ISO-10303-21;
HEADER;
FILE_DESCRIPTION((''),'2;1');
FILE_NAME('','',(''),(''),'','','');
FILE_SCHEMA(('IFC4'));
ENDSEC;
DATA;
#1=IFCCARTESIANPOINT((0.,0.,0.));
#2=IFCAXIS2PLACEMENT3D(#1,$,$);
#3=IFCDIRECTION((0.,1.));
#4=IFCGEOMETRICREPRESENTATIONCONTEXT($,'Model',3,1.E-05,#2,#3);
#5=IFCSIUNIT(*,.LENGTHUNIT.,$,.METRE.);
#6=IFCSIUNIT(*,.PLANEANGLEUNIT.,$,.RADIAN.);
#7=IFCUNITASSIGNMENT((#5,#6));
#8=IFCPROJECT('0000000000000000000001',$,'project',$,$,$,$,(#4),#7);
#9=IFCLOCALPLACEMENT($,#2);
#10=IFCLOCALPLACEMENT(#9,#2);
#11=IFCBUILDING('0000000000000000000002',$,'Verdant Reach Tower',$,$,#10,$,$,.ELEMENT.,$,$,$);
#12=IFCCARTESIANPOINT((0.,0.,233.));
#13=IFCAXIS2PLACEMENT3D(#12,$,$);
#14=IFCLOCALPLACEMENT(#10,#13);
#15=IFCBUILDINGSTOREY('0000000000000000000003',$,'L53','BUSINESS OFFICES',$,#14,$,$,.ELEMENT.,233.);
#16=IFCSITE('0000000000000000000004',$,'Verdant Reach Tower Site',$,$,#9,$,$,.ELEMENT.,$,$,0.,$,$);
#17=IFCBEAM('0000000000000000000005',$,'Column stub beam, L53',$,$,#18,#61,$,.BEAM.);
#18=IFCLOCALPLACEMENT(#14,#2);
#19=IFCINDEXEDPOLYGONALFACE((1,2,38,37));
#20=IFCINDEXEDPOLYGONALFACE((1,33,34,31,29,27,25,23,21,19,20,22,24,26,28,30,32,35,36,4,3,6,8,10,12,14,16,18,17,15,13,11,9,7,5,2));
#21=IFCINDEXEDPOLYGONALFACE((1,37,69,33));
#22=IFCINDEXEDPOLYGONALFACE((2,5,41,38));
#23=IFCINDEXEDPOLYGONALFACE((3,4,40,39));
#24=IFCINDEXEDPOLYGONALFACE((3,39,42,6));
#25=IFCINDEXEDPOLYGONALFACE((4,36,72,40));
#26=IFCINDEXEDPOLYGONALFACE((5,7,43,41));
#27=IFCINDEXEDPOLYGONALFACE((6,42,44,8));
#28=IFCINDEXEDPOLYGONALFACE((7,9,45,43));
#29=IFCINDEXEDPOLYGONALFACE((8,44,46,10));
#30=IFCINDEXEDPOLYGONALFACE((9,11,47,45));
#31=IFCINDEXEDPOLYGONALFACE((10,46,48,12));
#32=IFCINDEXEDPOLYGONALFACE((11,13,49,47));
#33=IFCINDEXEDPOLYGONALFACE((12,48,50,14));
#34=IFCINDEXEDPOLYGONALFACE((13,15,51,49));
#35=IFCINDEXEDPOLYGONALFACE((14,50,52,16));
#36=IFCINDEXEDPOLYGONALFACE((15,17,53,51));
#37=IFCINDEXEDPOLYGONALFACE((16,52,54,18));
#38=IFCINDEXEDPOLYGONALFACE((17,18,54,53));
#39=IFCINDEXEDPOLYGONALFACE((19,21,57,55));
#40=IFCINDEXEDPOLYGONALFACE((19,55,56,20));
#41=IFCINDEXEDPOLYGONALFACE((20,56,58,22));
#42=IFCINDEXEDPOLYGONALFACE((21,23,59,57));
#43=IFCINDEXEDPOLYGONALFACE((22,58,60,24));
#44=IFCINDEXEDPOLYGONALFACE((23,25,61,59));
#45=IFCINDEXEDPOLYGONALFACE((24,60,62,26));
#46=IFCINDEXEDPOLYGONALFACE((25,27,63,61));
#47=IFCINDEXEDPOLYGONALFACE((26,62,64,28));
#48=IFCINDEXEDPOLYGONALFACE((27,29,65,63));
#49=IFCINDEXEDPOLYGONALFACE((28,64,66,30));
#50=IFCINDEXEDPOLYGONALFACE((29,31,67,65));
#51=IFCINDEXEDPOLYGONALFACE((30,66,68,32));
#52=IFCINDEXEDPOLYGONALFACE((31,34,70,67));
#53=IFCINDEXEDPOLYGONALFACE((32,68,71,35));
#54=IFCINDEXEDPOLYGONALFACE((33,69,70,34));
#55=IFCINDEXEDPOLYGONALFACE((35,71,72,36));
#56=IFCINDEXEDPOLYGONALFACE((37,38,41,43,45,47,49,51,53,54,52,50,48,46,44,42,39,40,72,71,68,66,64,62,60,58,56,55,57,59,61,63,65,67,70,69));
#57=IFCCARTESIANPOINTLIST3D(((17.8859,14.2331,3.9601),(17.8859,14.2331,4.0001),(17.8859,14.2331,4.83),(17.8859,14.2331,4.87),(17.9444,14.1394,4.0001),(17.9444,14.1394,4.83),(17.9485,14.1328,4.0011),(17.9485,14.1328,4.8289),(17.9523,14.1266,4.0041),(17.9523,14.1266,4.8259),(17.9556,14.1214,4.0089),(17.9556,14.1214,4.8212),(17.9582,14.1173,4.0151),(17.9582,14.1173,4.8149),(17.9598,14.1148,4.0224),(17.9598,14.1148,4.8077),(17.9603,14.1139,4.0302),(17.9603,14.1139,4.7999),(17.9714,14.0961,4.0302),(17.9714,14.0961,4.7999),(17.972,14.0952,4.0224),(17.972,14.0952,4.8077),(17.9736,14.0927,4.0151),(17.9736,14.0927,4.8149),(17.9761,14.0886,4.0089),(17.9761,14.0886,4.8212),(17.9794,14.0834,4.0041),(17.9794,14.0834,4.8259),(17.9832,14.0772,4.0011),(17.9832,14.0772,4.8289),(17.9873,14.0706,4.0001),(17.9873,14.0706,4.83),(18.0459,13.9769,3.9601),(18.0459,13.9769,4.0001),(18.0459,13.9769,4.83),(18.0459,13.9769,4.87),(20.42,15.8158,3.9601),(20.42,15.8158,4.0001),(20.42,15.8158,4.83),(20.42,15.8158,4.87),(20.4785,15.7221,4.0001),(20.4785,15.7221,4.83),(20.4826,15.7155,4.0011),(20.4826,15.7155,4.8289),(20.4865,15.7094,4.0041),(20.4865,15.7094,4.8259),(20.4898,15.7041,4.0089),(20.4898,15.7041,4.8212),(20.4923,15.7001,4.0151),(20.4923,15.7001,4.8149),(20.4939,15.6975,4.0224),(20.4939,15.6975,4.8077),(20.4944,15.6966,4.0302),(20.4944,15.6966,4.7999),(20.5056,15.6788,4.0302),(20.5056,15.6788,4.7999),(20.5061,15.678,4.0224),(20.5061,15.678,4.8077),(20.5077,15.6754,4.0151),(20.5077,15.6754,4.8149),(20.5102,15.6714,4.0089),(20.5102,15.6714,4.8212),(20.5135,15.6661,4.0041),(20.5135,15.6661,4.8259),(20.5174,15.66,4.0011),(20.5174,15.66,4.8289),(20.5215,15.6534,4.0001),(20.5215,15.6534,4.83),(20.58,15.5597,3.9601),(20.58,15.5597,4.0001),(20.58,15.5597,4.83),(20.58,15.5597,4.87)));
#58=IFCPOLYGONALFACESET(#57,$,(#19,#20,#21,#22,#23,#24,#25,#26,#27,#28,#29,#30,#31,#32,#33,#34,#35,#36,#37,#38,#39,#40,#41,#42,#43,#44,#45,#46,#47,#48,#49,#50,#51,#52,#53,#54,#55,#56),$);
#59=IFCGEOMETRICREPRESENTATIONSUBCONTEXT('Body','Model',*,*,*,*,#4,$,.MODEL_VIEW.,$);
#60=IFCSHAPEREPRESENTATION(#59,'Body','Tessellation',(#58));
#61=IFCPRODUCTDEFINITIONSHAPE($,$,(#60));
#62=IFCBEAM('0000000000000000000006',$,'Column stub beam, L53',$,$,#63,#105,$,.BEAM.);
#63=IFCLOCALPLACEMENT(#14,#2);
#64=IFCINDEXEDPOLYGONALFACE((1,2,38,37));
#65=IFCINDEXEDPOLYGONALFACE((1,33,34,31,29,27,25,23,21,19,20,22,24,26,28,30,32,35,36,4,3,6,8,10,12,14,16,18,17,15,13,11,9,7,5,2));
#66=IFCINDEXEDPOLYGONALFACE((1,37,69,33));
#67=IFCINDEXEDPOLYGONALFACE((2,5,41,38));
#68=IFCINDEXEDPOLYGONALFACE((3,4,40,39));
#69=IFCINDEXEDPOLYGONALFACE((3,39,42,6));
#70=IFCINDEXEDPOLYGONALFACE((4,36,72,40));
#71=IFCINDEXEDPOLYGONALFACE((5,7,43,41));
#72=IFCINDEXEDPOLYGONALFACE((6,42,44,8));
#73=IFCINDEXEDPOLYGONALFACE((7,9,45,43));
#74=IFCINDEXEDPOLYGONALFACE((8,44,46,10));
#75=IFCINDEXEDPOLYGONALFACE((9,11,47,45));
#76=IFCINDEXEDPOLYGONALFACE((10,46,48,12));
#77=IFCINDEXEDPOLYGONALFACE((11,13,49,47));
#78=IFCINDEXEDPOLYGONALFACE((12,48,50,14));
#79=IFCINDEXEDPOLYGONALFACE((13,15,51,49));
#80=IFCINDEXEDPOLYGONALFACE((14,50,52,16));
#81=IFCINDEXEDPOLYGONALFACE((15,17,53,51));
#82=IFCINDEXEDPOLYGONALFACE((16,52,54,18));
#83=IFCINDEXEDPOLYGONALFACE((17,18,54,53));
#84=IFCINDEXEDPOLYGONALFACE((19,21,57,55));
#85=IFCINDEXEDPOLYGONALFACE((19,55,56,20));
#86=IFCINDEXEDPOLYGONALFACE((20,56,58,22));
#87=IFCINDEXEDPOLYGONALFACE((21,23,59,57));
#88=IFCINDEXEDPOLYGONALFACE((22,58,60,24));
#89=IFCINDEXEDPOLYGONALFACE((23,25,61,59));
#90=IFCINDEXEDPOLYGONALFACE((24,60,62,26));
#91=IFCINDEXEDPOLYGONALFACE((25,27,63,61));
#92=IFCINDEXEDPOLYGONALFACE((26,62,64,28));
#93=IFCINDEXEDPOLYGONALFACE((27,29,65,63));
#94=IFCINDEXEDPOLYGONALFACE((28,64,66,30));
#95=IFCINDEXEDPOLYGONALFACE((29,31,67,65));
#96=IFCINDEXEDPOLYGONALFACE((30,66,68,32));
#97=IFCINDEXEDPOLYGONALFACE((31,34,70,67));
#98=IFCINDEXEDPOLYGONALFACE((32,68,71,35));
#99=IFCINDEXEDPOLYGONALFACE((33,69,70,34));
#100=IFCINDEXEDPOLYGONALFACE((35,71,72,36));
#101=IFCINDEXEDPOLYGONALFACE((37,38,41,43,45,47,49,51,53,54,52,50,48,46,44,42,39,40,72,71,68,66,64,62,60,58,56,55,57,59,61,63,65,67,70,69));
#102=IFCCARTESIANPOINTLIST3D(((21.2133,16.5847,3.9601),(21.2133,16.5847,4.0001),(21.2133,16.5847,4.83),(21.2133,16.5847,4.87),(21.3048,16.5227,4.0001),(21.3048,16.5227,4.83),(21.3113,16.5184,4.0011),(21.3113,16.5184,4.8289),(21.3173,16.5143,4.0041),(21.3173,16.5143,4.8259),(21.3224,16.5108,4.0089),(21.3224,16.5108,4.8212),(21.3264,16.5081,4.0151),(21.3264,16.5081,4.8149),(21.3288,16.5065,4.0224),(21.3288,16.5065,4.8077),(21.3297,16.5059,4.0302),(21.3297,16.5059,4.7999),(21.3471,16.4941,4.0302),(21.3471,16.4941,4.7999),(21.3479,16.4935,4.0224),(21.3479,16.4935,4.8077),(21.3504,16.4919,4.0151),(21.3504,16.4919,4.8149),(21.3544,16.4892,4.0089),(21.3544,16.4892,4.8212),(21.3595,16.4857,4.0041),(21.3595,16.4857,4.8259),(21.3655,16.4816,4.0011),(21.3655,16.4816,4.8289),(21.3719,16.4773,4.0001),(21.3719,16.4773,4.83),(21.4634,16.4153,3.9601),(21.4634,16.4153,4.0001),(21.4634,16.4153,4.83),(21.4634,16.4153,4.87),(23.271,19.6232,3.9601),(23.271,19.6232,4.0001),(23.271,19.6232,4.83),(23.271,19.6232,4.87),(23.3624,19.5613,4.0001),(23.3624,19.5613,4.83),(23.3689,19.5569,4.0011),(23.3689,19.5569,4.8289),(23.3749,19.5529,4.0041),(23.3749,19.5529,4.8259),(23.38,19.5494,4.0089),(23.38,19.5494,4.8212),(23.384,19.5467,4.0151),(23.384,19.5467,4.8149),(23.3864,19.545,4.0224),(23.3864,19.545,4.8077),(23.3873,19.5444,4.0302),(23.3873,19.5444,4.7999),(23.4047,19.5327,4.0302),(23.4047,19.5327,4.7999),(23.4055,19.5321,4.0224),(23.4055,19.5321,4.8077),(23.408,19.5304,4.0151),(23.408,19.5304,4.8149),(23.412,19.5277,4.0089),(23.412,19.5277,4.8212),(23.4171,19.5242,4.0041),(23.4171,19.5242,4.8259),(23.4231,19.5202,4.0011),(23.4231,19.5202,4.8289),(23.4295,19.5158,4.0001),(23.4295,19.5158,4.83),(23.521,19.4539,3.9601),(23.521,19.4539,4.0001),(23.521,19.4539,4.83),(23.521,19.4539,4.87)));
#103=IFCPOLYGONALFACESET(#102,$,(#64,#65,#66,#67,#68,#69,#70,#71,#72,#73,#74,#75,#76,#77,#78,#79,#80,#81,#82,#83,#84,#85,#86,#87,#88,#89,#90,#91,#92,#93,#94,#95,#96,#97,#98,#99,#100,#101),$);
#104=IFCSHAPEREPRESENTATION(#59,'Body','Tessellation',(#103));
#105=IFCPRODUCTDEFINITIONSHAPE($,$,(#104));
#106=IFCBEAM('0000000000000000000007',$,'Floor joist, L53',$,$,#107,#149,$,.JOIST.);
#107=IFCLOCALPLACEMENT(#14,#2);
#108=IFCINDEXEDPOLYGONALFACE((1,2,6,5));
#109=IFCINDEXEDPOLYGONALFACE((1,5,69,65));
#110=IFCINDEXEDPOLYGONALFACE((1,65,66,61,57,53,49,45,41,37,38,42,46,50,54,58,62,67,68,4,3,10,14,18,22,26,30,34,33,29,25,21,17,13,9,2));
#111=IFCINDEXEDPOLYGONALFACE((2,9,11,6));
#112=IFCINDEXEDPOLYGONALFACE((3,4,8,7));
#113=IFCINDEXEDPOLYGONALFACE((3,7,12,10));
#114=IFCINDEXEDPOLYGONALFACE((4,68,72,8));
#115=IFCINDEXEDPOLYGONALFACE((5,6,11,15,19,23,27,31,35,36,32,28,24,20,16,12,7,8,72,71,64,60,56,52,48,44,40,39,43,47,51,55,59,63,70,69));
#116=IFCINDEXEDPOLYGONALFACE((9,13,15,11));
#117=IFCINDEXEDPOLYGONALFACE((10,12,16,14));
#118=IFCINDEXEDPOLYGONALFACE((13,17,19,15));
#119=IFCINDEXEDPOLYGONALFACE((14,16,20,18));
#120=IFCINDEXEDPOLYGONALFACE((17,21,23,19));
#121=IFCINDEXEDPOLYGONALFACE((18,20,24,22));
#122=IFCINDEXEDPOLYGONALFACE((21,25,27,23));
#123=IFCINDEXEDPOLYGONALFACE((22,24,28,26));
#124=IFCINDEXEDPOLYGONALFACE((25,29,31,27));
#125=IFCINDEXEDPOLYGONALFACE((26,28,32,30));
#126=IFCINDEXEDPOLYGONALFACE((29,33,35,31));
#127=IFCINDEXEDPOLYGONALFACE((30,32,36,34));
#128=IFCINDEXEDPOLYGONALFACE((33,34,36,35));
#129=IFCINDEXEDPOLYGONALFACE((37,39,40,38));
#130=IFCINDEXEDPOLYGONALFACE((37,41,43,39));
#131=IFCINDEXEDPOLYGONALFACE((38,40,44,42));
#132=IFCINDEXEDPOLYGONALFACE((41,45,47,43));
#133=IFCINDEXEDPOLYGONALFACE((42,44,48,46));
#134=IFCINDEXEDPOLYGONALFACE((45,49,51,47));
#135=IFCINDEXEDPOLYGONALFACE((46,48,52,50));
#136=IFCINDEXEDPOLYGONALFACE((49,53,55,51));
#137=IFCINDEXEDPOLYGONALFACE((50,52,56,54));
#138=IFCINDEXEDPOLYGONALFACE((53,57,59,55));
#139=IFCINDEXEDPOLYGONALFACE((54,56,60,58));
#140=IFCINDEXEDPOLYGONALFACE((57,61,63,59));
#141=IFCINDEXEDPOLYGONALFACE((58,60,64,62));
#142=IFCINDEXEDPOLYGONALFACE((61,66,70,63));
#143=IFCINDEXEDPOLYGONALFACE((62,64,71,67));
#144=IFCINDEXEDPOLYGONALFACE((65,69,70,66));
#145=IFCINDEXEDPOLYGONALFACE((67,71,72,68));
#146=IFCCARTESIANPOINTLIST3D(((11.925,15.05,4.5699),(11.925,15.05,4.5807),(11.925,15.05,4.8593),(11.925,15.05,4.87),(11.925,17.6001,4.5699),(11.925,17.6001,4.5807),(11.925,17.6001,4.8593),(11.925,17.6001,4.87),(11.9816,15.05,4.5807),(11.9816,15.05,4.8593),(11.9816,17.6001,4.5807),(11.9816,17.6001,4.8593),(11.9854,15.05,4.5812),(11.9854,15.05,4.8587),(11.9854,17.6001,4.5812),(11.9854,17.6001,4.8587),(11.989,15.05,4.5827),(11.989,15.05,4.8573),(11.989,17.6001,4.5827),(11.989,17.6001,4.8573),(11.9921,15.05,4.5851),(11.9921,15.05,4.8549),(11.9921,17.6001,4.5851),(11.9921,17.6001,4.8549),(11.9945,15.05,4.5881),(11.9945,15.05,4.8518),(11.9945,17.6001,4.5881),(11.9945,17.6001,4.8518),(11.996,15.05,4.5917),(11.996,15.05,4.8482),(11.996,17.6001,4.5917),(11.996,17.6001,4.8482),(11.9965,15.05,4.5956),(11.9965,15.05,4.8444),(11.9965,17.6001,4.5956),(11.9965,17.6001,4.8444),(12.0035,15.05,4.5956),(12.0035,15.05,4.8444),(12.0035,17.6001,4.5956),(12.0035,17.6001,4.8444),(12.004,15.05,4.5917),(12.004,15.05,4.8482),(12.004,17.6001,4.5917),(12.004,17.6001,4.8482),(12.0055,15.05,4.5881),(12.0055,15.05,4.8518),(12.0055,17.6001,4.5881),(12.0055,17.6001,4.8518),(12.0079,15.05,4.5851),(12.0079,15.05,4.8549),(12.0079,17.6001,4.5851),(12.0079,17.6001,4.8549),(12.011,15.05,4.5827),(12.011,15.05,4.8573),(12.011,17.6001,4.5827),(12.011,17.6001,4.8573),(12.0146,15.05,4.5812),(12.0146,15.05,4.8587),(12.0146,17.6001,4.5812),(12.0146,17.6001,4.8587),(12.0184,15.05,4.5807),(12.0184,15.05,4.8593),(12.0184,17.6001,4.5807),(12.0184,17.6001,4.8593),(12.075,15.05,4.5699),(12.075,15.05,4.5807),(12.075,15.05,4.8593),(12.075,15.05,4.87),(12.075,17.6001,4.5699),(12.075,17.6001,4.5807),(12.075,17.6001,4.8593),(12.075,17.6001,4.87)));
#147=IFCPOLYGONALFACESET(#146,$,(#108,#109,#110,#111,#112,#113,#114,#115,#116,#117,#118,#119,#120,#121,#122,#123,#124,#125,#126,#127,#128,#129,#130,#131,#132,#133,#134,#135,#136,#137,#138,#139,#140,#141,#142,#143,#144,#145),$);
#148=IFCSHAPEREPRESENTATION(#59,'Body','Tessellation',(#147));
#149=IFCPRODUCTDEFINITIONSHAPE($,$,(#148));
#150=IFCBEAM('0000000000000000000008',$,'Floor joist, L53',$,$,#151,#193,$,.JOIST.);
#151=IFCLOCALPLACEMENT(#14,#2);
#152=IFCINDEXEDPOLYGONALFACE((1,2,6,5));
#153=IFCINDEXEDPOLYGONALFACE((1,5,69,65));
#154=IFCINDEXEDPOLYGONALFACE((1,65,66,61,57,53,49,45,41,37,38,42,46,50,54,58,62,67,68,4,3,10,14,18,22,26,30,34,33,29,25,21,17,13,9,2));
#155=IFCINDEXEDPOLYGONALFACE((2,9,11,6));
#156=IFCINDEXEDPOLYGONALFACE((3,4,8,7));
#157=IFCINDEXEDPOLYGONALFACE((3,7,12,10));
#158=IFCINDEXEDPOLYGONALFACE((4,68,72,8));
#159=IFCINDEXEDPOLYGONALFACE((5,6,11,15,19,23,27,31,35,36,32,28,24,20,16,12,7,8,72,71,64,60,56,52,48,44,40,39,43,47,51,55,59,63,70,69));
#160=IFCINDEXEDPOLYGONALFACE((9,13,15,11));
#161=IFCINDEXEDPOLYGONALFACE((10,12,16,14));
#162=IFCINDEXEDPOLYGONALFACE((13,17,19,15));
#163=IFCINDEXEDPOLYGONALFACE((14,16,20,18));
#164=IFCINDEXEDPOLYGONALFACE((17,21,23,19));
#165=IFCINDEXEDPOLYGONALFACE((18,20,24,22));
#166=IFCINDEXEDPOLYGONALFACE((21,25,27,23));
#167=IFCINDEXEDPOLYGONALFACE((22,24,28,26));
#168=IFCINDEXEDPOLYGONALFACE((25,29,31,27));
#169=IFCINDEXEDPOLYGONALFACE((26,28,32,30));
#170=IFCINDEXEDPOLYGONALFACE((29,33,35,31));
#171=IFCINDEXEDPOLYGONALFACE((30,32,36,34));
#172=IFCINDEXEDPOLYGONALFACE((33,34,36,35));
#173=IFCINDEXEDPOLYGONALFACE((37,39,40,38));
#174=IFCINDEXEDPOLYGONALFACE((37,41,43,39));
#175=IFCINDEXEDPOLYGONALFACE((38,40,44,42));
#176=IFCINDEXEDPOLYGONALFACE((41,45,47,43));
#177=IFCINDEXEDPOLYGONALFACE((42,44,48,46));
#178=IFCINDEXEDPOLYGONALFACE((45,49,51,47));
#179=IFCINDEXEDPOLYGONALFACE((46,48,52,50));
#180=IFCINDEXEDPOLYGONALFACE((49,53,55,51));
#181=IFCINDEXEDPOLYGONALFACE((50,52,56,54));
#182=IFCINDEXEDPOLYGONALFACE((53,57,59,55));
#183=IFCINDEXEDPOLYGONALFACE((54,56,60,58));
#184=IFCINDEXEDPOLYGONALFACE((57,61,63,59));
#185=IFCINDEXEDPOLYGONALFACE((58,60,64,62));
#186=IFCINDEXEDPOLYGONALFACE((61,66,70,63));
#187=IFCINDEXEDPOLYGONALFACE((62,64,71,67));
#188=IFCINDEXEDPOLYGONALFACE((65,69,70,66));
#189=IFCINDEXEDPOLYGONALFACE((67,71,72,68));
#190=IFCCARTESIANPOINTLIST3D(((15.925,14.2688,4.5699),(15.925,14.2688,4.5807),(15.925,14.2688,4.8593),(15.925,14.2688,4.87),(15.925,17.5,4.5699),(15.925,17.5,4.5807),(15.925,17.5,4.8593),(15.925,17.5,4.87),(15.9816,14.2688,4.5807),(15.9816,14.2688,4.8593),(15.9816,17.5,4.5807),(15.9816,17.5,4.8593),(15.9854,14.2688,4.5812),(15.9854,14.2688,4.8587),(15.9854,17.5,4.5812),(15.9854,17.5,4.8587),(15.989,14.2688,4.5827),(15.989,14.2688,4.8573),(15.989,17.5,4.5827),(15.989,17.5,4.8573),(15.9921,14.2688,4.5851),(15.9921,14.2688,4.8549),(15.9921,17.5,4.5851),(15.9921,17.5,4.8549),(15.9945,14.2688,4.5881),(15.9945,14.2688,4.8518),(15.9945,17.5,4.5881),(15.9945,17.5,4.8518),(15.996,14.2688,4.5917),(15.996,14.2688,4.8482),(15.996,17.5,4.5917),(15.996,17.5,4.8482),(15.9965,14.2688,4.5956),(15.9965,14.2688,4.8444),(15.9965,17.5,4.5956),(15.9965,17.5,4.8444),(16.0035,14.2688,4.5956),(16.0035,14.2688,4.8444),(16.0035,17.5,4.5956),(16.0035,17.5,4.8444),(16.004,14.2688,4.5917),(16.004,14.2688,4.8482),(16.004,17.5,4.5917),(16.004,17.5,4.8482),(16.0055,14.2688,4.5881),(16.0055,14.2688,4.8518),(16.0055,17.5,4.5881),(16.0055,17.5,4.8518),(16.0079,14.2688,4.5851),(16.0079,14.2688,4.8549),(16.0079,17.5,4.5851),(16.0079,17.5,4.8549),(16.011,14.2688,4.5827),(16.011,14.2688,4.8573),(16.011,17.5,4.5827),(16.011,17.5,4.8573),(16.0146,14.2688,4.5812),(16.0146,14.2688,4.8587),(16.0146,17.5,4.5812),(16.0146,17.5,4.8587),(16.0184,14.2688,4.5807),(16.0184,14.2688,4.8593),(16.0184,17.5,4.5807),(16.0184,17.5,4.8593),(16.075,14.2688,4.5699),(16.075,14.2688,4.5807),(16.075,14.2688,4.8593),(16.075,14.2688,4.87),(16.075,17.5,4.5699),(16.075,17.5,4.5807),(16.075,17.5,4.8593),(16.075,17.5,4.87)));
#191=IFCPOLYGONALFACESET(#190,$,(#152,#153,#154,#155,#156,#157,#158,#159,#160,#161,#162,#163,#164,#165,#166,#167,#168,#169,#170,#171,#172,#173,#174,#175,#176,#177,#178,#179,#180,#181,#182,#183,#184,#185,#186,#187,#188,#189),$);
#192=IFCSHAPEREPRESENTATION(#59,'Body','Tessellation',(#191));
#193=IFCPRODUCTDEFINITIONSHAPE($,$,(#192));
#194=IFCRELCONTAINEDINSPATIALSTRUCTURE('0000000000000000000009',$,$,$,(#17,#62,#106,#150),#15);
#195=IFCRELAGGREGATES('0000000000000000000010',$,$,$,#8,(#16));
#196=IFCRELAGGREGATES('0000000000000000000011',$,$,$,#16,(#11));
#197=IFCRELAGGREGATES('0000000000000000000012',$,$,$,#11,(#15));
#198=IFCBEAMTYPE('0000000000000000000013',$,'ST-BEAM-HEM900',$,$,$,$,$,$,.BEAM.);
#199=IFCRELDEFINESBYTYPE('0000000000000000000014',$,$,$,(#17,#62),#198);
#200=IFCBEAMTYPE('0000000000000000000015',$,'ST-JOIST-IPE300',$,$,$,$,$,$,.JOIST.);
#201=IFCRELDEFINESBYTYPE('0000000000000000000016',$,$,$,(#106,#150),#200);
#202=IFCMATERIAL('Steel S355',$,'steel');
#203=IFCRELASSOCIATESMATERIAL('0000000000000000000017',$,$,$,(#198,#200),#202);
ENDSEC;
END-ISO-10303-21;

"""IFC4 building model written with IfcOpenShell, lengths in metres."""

from ifc_helpers import new_model, si_unit, direction, frame, origin, origin_2d, place, context, subcontext, project, spatial, i_section, extrude, material, material_profile, profile_set, type_object, element, save


model = new_model("IFC4")

# Units and contexts
model_context = context("Model", 3, precision=1e-05, world=origin(), true_north=direction((0.0, 1.0)))
body_context = subcontext(model_context, "Body", "Model", "MODEL_VIEW")
ifc_project = project(units=[si_unit("LENGTHUNIT", "METRE"), si_unit("PLANEANGLEUNIT", "RADIAN")], contexts=[model_context])

# Site, building, storey
site_placement = place(None, origin())
site = spatial("IfcSite", under=ifc_project, at=site_placement, Name="Verdant Reach Tower Site", CompositionType="ELEMENT", RefElevation=0.0)
building_placement = place(site_placement, origin())
building = spatial("IfcBuilding", under=site, at=building_placement, Name="Verdant Reach Tower", CompositionType="ELEMENT")
storey_placement = place(building_placement, frame((0.0, 0.0, 233.0)))
storey = spatial("IfcBuildingStorey", under=building, at=storey_placement, Name="L53", Description="BUSINESS OFFICES", CompositionType="ELEMENT", Elevation=233.0)

# Beams
ifc_material_1 = material(Name="Steel S355", Category="steel")
ifc_material_profile_1 = material_profile(ifc_material_1, i_section(OverallWidth=0.302, OverallDepth=0.9099, WebThickness=0.021, FlangeThickness=0.04, FilletRadius=0.03, at=origin_2d()), Name="HEM 900")
ifc_profile_set_1 = profile_set([ifc_material_profile_1], Name="Steel S355")
beam_type_1 = type_object("IfcBeamType", Name="ST-BEAM-HEM900", PredefinedType="BEAM", material=ifc_profile_set_1)
beam_1_placement = place(storey_placement, frame((20.5, 15.6877, 4.415), z_axis=(-0.848164, -0.529735, 0.0), x_axis=(0.529735, -0.848164, 0.0)))
element("IfcBeam", 1, at=beam_1_placement, inside=storey, type_object=beam_type_1, Name="Column stub beam, L53", PredefinedType="BEAM", context=body_context, shape_type="SweptSolid", body=[
    extrude(i_section(OverallWidth=0.302, OverallDepth=0.9099, WebThickness=0.021, FlangeThickness=0.04, FilletRadius=0.03, at=origin_2d()), origin(), (0.0, 0.0, 1.0), 2.9878),
])
beam_2_placement = place(storey_placement, frame((21.3384, 16.5, 4.415), z_axis=(0.560704, 0.828016, 0.0), x_axis=(-0.828016, 0.560704, 0.0)))
element("IfcBeam", 2, at=beam_2_placement, inside=storey, type_object=beam_type_1, Name="Column stub beam, L53", PredefinedType="BEAM", context=body_context, shape_type="SweptSolid", body=[
    extrude(i_section(OverallWidth=0.302, OverallDepth=0.9099, WebThickness=0.021, FlangeThickness=0.04, FilletRadius=0.03, at=origin_2d()), origin(), (0.0, 0.0, 1.0), 3.6697),
])
ifc_material_profile_2 = material_profile(ifc_material_1, i_section(OverallWidth=0.1499, OverallDepth=0.3, WebThickness=0.0071, FlangeThickness=0.0107, FilletRadius=0.0149, at=origin_2d()), Name="IPE 300")
ifc_profile_set_2 = profile_set([ifc_material_profile_2], Name="Steel S355")
beam_type_2 = type_object("IfcBeamType", Name="ST-JOIST-IPE300", PredefinedType="JOIST", material=ifc_profile_set_2)
beam_3_placement = place(storey_placement, frame((12.0, 17.6001, 4.72), z_axis=(0.0, -1.0, 0.0), x_axis=(1.0, 0.0, 0.0)))
element("IfcBeam", 3, at=beam_3_placement, inside=storey, type_object=beam_type_2, Name="Floor joist, L53", PredefinedType="JOIST", context=body_context, shape_type="SweptSolid", body=[
    extrude(i_section(OverallWidth=0.1499, OverallDepth=0.3, WebThickness=0.0071, FlangeThickness=0.0107, FilletRadius=0.0149, at=origin_2d()), origin(), (0.0, 0.0, 1.0), 2.55),
])
beam_4_placement = place(storey_placement, frame((16.0, 17.5, 4.72), z_axis=(0.0, -1.0, 0.0), x_axis=(1.0, 0.0, 0.0)))
element("IfcBeam", 4, at=beam_4_placement, inside=storey, type_object=beam_type_2, Name="Floor joist, L53", PredefinedType="JOIST", context=body_context, shape_type="SweptSolid", body=[
    extrude(i_section(OverallWidth=0.1499, OverallDepth=0.3, WebThickness=0.0071, FlangeThickness=0.0107, FilletRadius=0.0149, at=origin_2d()), origin(), (0.0, 0.0, 1.0), 3.2312),
])

save(model, "model.ifc")
